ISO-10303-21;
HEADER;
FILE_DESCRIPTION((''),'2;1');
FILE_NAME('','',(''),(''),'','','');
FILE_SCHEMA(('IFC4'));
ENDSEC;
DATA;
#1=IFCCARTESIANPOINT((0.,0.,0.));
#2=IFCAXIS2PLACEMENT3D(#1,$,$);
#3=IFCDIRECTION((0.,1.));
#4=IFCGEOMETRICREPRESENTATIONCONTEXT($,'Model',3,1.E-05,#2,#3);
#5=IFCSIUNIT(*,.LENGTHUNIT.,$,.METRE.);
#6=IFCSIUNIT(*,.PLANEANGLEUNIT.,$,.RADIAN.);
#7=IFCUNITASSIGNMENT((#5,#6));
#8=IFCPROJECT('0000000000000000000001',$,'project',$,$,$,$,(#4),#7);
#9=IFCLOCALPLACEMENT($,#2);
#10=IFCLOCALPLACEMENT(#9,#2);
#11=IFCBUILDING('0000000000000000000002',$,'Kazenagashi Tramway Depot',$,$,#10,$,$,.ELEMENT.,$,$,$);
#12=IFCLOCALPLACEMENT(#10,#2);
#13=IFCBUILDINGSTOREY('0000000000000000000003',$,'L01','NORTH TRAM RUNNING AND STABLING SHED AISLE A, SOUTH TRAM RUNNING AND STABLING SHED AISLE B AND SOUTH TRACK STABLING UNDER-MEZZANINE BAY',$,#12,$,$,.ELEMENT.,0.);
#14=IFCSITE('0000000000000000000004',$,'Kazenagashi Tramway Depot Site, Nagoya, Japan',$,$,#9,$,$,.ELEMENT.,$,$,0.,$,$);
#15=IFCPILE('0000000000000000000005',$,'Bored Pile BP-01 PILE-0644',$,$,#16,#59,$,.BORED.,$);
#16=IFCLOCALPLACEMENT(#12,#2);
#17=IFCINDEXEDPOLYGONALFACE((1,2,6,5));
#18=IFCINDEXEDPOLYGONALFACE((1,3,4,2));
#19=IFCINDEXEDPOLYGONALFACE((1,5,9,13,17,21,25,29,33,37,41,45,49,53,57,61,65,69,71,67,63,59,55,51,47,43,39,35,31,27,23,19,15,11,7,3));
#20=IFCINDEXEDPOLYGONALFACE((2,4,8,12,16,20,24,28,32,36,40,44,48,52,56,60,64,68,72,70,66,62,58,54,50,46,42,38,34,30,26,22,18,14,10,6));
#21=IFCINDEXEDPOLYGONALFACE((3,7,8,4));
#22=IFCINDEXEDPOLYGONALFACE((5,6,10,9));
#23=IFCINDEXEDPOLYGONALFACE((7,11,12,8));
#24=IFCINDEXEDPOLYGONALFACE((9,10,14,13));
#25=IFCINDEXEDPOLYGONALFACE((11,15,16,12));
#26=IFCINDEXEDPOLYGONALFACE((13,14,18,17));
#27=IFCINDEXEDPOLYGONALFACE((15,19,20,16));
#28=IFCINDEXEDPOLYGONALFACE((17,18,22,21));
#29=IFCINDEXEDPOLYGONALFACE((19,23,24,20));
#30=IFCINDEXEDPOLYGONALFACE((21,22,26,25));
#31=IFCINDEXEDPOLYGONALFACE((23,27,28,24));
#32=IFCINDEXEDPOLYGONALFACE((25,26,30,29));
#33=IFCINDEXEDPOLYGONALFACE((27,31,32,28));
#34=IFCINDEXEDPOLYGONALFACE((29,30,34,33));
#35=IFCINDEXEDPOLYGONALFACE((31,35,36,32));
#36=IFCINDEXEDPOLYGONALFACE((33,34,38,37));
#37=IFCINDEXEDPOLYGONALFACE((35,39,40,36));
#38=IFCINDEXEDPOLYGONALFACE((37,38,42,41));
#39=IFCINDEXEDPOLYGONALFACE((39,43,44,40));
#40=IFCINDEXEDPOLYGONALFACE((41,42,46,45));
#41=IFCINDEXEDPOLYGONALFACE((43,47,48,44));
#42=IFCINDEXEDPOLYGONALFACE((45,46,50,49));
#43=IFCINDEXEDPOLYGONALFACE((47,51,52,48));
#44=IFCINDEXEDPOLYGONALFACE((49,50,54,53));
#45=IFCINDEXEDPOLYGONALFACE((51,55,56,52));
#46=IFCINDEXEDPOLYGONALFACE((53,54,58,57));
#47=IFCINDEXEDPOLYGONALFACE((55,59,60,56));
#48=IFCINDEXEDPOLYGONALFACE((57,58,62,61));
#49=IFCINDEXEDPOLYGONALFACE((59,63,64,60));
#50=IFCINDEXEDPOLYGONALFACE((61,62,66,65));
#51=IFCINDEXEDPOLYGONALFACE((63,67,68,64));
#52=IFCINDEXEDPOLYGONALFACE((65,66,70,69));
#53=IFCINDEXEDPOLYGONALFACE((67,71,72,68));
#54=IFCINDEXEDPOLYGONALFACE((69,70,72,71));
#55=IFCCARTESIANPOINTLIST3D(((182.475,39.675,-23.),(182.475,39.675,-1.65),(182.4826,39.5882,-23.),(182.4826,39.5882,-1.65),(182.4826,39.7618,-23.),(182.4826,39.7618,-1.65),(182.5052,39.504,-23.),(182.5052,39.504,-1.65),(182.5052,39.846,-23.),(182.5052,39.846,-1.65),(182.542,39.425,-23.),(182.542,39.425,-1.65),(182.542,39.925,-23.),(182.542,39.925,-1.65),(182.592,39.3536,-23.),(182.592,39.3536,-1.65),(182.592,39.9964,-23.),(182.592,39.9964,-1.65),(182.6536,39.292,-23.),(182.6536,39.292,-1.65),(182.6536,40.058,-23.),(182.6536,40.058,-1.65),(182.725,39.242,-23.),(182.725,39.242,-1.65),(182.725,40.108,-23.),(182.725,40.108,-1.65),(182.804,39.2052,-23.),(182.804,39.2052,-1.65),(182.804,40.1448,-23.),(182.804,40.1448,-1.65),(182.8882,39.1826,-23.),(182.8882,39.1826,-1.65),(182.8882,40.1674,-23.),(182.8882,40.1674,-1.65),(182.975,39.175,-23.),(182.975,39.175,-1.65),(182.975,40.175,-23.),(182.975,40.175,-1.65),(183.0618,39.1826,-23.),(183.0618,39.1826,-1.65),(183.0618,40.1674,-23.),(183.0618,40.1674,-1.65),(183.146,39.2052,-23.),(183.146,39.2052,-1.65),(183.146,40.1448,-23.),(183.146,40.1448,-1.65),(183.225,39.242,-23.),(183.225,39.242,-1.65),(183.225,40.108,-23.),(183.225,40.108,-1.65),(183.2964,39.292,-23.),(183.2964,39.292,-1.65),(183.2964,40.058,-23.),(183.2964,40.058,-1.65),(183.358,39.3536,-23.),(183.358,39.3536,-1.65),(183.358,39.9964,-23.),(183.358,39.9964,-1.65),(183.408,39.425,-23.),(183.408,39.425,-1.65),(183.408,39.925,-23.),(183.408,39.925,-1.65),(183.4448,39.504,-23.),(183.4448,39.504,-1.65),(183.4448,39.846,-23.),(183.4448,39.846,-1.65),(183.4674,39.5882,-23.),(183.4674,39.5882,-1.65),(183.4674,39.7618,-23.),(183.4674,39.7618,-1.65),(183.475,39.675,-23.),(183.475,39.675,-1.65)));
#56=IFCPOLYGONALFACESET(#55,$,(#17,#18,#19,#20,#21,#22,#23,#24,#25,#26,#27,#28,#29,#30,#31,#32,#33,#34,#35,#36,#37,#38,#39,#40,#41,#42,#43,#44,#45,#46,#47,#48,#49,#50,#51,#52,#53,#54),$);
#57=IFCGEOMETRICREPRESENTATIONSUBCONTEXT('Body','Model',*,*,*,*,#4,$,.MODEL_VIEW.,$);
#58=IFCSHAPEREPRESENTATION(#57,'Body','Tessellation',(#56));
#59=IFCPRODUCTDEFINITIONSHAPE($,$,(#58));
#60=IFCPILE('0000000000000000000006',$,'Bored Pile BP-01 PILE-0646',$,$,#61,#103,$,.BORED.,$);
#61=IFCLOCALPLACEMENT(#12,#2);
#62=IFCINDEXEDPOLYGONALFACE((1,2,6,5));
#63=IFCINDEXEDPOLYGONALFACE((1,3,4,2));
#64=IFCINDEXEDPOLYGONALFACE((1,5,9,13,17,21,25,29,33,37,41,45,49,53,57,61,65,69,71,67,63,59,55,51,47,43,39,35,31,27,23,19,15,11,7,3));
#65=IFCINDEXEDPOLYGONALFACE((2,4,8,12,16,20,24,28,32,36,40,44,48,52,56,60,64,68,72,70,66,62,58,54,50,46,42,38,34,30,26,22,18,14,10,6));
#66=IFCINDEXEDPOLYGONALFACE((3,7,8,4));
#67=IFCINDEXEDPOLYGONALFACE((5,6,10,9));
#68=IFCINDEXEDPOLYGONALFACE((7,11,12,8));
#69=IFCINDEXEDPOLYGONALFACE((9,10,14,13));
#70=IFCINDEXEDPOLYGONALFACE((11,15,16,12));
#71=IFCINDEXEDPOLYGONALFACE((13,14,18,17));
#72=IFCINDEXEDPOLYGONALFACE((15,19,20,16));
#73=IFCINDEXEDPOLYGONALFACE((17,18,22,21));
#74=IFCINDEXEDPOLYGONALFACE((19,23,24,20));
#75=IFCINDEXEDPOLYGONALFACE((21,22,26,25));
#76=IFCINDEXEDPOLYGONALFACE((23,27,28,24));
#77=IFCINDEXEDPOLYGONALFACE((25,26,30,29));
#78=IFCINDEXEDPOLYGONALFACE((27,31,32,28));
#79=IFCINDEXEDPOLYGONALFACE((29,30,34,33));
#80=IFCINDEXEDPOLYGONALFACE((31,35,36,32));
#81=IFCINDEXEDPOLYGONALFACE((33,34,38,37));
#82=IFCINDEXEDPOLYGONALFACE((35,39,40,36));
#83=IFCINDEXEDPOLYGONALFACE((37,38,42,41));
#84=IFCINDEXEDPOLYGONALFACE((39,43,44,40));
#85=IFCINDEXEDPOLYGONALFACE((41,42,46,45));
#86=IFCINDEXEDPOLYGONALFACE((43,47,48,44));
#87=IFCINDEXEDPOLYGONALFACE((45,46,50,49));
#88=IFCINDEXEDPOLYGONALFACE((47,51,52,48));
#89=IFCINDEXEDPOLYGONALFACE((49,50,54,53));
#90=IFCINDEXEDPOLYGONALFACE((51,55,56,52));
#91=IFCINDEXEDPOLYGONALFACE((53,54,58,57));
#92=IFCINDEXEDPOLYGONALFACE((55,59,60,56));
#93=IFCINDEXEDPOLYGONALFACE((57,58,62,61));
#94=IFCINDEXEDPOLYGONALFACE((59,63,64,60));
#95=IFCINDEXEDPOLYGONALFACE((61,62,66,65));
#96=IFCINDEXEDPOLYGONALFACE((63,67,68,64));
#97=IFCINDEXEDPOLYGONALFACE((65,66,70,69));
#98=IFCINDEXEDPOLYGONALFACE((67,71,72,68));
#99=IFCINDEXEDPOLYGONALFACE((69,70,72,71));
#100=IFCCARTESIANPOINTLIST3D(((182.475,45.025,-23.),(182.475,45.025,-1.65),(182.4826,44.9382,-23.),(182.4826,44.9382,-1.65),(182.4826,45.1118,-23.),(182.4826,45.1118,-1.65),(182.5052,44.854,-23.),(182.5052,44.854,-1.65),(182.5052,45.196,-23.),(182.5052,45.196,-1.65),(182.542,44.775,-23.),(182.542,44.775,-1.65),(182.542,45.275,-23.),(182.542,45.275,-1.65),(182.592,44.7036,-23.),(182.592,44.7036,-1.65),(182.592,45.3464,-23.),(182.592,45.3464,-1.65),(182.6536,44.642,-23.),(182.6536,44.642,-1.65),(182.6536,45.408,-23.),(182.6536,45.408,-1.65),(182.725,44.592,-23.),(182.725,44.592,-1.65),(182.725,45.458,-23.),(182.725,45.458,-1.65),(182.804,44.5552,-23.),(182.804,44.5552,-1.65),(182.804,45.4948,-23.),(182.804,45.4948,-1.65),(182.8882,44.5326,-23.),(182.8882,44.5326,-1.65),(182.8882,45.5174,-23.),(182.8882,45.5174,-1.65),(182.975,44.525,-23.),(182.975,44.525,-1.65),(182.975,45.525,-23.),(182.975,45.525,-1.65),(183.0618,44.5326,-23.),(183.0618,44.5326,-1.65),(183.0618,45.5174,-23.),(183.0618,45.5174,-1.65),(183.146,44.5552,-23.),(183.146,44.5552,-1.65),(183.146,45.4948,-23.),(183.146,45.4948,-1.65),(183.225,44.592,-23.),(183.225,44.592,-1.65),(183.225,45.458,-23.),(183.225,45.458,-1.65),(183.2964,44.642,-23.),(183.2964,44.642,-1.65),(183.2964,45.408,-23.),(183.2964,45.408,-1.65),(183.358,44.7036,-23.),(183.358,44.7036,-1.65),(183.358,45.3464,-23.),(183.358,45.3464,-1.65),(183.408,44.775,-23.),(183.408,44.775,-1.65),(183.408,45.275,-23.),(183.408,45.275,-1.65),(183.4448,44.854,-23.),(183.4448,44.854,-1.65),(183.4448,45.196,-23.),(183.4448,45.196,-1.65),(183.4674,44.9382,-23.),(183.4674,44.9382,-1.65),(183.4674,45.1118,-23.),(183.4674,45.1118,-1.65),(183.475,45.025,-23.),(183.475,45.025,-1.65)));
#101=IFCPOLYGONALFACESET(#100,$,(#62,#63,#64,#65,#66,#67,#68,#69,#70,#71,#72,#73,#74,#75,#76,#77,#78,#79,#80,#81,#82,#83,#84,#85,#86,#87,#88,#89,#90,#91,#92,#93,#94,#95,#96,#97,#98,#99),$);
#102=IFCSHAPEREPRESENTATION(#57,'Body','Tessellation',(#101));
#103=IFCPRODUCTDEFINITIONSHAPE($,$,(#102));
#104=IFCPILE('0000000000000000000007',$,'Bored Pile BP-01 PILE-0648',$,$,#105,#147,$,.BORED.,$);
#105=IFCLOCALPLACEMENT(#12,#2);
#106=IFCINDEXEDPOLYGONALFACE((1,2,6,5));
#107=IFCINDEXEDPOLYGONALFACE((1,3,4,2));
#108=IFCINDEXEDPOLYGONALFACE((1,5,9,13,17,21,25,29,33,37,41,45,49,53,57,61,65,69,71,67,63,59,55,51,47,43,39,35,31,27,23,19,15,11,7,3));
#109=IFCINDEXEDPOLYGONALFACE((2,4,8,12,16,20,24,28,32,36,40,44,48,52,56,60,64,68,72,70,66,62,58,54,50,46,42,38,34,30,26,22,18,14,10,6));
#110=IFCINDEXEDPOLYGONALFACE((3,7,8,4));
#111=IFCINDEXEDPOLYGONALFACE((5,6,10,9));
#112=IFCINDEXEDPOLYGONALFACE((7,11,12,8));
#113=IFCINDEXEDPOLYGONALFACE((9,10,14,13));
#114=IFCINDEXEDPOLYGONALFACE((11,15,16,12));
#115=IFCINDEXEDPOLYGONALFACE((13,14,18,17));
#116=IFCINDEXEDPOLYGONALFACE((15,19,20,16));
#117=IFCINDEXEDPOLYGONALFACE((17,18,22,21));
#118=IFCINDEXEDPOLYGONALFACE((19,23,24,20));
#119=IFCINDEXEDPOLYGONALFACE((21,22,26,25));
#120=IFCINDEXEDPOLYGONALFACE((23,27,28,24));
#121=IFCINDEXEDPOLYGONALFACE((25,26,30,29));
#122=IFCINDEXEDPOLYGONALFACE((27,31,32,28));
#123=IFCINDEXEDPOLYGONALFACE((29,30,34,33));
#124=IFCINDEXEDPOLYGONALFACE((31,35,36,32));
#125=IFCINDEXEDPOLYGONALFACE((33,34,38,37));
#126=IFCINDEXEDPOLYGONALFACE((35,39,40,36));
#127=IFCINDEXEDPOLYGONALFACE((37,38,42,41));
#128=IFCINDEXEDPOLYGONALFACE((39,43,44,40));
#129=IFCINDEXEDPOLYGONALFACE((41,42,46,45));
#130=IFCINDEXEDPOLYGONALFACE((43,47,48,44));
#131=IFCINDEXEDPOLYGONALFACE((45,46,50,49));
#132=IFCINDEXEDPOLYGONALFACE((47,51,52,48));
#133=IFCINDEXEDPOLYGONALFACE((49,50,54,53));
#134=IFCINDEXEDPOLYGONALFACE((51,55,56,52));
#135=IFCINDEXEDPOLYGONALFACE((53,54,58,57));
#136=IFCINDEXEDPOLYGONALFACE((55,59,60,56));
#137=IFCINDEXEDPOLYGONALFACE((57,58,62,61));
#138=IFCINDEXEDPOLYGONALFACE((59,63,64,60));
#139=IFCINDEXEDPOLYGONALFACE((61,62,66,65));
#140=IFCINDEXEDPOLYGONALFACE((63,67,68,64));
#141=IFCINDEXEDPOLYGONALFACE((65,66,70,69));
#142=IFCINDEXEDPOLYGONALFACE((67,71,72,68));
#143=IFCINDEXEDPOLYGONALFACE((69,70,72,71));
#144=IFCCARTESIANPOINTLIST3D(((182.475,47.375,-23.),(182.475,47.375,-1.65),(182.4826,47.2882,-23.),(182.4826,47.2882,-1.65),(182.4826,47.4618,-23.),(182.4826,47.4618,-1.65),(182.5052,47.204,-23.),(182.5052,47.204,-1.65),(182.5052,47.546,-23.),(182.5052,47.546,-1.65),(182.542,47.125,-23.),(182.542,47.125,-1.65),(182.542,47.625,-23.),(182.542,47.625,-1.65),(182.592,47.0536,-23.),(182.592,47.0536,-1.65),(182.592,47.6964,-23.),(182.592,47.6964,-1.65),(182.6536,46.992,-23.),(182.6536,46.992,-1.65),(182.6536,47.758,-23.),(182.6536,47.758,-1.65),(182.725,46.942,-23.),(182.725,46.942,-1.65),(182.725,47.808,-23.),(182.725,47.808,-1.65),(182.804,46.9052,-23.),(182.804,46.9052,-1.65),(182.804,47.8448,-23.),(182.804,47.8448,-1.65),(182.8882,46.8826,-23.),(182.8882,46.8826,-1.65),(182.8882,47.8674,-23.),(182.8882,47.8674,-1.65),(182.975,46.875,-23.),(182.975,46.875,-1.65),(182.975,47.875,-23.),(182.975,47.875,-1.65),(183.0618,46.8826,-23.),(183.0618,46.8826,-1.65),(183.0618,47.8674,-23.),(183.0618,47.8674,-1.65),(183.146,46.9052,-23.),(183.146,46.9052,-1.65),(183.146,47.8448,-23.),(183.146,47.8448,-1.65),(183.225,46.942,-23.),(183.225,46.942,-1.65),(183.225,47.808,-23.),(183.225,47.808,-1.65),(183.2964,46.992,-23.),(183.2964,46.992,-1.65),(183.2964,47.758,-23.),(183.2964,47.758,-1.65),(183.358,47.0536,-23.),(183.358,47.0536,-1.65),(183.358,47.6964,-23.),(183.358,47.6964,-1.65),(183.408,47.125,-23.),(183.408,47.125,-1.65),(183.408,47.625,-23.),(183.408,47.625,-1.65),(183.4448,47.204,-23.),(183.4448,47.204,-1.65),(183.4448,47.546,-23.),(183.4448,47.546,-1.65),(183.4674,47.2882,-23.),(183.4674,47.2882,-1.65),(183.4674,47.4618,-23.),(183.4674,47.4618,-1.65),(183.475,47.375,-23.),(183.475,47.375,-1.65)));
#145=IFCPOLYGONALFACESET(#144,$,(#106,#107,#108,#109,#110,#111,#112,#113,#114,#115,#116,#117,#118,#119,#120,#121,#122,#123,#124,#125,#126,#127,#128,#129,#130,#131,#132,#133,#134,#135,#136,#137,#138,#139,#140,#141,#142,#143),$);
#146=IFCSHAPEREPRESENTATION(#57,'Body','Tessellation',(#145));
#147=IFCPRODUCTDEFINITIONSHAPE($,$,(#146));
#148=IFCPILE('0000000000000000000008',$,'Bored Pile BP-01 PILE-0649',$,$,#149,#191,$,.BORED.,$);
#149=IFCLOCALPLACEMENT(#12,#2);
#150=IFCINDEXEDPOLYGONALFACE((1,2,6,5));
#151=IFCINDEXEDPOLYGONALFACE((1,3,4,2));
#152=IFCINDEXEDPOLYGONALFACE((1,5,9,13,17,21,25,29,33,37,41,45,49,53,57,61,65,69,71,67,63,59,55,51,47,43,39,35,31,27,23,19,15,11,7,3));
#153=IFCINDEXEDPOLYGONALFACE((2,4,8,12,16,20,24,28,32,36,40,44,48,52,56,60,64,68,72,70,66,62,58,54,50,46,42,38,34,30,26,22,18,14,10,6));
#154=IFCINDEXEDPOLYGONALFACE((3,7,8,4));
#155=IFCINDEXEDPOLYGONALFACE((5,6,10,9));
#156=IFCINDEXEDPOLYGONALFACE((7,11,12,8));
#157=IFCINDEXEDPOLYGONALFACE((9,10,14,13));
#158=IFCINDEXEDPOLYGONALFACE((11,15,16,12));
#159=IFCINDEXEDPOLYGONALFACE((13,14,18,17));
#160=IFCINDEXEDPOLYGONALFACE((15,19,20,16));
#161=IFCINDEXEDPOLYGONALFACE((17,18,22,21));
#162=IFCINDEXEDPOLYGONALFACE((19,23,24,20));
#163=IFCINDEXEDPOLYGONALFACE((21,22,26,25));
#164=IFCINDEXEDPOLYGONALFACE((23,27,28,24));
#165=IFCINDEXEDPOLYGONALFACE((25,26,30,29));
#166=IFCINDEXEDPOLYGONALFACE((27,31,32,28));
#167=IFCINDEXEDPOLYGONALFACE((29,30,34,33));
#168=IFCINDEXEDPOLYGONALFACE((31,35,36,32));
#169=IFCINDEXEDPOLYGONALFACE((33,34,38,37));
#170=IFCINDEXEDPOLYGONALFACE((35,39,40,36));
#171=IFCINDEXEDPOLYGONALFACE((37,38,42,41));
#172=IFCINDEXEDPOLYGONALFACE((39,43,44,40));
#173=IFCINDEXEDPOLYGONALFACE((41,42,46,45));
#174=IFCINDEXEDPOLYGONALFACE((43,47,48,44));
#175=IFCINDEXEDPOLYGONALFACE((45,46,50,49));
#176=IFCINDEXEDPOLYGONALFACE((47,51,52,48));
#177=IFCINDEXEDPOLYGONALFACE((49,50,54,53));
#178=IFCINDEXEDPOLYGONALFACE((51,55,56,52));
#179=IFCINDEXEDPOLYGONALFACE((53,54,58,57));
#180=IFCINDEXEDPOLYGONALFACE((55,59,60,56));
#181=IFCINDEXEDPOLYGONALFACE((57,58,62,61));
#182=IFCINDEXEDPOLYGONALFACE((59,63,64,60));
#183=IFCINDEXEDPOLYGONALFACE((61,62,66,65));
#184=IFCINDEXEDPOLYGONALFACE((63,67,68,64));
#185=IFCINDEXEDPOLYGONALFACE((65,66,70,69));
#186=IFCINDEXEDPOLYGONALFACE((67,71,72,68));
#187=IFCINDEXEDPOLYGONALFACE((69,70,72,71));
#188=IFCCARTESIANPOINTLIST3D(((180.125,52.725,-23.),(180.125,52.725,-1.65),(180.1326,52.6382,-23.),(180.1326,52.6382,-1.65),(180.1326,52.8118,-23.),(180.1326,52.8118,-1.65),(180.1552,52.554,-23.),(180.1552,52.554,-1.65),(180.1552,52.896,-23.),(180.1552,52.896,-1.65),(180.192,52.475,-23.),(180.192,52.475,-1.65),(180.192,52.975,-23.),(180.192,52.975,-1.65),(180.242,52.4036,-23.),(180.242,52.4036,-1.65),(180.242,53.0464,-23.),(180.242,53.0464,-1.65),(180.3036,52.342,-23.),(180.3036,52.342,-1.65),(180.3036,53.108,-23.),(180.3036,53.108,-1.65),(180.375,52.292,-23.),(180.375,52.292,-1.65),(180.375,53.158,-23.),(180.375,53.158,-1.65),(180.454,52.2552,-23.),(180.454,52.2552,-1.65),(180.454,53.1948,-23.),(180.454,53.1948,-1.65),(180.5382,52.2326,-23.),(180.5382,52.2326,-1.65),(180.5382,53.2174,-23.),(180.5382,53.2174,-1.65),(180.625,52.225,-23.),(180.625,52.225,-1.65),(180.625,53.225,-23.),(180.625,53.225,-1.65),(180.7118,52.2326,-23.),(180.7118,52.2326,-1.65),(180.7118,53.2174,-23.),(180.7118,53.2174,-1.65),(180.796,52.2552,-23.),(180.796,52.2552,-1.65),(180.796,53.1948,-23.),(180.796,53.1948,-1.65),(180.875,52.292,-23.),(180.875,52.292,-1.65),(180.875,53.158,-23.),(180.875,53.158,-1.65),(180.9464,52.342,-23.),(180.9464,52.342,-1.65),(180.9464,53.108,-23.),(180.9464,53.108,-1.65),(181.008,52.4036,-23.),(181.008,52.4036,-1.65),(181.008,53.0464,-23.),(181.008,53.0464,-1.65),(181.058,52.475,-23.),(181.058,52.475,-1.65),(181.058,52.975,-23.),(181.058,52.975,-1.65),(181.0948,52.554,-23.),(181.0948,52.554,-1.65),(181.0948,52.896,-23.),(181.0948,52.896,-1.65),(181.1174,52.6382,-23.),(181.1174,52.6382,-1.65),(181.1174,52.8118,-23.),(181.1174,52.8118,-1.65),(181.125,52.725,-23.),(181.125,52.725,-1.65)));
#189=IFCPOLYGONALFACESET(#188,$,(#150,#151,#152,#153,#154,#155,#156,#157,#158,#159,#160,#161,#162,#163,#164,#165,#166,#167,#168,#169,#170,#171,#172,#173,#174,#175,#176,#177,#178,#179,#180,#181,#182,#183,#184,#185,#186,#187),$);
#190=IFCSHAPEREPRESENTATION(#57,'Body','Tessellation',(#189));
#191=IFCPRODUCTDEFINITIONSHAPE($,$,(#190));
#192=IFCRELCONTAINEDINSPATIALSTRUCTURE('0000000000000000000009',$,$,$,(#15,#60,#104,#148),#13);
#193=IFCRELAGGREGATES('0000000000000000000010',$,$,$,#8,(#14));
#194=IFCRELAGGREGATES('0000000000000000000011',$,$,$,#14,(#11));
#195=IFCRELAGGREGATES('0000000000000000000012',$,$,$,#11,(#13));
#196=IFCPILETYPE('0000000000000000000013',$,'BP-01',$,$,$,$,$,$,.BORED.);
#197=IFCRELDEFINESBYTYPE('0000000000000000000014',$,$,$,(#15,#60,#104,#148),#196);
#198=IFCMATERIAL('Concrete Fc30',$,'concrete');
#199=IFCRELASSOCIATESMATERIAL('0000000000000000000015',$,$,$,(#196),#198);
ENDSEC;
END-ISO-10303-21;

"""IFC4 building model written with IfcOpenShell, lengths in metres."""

from ifc_helpers import new_model, si_unit, direction, frame, origin, origin_2d, place, context, subcontext, project, spatial, circle, extrude, material, material_profile, profile_set, type_object, element, save


model = new_model("IFC4")

# Units and contexts
model_context = context("Model", 3, precision=1e-05, world=origin(), true_north=direction((0.0, 1.0)))
body_context = subcontext(model_context, "Body", "Model", "MODEL_VIEW")
ifc_project = project(units=[si_unit("LENGTHUNIT", "METRE"), si_unit("PLANEANGLEUNIT", "RADIAN")], contexts=[model_context])

# Site, building, storey
site_placement = place(None, origin())
site = spatial("IfcSite", under=ifc_project, at=site_placement, Name="Kazenagashi Tramway Depot Site, Nagoya, Japan", CompositionType="ELEMENT", RefElevation=0.0)
building_placement = place(site_placement, origin())
building = spatial("IfcBuilding", under=site, at=building_placement, Name="Kazenagashi Tramway Depot", CompositionType="ELEMENT")
storey_placement = place(building_placement, origin())
storey = spatial("IfcBuildingStorey", under=building, at=storey_placement, Name="L01", Description="NORTH TRAM RUNNING AND STABLING SHED AISLE A, SOUTH TRAM RUNNING AND STABLING SHED AISLE B AND SOUTH TRACK STABLING UNDER-MEZZANINE BAY", CompositionType="ELEMENT", Elevation=0.0)

# Piles
ifc_material_1 = material(Name="Concrete Fc30", Category="concrete")
ifc_material_profile_1 = material_profile(ifc_material_1, circle(Radius=0.5, at=origin_2d()), Name="PILE-1000")
ifc_profile_set_1 = profile_set([ifc_material_profile_1], Name="Concrete Fc30")
pile_type = type_object("IfcPileType", Name="BP-01", PredefinedType="BORED", material=ifc_profile_set_1)
for number, where, z_axis, x_axis, name in (
    (1, (182.975, 39.675, -1.65), (0.0, 0.0, -1.0), (1.0, 0.0, 0.0), "Bored Pile BP-01 PILE-0644"),
    (2, (182.975, 45.025, -1.65), (0.0, 0.0, -1.0), (1.0, 0.0, 0.0), "Bored Pile BP-01 PILE-0646"),
    (3, (182.975, 47.375, -1.65), (0.0, 0.0, -1.0), (1.0, 0.0, 0.0), "Bored Pile BP-01 PILE-0648"),
    (4, (180.625, 52.725, -1.65), (0.0, 0.0, -1.0), (1.0, 0.0, 0.0), "Bored Pile BP-01 PILE-0649"),
):
    element("IfcPile", number, at=place(storey_placement, frame(where, z_axis=z_axis, x_axis=x_axis)), inside=storey, type_object=pile_type, Name=name, PredefinedType="BORED", context=body_context, shape_type="SweptSolid", body=[
        extrude(circle(Radius=0.5, at=origin_2d()), origin(), (0.0, 0.0, 1.0), 21.35),
    ])

save(model, "model.ifc")
